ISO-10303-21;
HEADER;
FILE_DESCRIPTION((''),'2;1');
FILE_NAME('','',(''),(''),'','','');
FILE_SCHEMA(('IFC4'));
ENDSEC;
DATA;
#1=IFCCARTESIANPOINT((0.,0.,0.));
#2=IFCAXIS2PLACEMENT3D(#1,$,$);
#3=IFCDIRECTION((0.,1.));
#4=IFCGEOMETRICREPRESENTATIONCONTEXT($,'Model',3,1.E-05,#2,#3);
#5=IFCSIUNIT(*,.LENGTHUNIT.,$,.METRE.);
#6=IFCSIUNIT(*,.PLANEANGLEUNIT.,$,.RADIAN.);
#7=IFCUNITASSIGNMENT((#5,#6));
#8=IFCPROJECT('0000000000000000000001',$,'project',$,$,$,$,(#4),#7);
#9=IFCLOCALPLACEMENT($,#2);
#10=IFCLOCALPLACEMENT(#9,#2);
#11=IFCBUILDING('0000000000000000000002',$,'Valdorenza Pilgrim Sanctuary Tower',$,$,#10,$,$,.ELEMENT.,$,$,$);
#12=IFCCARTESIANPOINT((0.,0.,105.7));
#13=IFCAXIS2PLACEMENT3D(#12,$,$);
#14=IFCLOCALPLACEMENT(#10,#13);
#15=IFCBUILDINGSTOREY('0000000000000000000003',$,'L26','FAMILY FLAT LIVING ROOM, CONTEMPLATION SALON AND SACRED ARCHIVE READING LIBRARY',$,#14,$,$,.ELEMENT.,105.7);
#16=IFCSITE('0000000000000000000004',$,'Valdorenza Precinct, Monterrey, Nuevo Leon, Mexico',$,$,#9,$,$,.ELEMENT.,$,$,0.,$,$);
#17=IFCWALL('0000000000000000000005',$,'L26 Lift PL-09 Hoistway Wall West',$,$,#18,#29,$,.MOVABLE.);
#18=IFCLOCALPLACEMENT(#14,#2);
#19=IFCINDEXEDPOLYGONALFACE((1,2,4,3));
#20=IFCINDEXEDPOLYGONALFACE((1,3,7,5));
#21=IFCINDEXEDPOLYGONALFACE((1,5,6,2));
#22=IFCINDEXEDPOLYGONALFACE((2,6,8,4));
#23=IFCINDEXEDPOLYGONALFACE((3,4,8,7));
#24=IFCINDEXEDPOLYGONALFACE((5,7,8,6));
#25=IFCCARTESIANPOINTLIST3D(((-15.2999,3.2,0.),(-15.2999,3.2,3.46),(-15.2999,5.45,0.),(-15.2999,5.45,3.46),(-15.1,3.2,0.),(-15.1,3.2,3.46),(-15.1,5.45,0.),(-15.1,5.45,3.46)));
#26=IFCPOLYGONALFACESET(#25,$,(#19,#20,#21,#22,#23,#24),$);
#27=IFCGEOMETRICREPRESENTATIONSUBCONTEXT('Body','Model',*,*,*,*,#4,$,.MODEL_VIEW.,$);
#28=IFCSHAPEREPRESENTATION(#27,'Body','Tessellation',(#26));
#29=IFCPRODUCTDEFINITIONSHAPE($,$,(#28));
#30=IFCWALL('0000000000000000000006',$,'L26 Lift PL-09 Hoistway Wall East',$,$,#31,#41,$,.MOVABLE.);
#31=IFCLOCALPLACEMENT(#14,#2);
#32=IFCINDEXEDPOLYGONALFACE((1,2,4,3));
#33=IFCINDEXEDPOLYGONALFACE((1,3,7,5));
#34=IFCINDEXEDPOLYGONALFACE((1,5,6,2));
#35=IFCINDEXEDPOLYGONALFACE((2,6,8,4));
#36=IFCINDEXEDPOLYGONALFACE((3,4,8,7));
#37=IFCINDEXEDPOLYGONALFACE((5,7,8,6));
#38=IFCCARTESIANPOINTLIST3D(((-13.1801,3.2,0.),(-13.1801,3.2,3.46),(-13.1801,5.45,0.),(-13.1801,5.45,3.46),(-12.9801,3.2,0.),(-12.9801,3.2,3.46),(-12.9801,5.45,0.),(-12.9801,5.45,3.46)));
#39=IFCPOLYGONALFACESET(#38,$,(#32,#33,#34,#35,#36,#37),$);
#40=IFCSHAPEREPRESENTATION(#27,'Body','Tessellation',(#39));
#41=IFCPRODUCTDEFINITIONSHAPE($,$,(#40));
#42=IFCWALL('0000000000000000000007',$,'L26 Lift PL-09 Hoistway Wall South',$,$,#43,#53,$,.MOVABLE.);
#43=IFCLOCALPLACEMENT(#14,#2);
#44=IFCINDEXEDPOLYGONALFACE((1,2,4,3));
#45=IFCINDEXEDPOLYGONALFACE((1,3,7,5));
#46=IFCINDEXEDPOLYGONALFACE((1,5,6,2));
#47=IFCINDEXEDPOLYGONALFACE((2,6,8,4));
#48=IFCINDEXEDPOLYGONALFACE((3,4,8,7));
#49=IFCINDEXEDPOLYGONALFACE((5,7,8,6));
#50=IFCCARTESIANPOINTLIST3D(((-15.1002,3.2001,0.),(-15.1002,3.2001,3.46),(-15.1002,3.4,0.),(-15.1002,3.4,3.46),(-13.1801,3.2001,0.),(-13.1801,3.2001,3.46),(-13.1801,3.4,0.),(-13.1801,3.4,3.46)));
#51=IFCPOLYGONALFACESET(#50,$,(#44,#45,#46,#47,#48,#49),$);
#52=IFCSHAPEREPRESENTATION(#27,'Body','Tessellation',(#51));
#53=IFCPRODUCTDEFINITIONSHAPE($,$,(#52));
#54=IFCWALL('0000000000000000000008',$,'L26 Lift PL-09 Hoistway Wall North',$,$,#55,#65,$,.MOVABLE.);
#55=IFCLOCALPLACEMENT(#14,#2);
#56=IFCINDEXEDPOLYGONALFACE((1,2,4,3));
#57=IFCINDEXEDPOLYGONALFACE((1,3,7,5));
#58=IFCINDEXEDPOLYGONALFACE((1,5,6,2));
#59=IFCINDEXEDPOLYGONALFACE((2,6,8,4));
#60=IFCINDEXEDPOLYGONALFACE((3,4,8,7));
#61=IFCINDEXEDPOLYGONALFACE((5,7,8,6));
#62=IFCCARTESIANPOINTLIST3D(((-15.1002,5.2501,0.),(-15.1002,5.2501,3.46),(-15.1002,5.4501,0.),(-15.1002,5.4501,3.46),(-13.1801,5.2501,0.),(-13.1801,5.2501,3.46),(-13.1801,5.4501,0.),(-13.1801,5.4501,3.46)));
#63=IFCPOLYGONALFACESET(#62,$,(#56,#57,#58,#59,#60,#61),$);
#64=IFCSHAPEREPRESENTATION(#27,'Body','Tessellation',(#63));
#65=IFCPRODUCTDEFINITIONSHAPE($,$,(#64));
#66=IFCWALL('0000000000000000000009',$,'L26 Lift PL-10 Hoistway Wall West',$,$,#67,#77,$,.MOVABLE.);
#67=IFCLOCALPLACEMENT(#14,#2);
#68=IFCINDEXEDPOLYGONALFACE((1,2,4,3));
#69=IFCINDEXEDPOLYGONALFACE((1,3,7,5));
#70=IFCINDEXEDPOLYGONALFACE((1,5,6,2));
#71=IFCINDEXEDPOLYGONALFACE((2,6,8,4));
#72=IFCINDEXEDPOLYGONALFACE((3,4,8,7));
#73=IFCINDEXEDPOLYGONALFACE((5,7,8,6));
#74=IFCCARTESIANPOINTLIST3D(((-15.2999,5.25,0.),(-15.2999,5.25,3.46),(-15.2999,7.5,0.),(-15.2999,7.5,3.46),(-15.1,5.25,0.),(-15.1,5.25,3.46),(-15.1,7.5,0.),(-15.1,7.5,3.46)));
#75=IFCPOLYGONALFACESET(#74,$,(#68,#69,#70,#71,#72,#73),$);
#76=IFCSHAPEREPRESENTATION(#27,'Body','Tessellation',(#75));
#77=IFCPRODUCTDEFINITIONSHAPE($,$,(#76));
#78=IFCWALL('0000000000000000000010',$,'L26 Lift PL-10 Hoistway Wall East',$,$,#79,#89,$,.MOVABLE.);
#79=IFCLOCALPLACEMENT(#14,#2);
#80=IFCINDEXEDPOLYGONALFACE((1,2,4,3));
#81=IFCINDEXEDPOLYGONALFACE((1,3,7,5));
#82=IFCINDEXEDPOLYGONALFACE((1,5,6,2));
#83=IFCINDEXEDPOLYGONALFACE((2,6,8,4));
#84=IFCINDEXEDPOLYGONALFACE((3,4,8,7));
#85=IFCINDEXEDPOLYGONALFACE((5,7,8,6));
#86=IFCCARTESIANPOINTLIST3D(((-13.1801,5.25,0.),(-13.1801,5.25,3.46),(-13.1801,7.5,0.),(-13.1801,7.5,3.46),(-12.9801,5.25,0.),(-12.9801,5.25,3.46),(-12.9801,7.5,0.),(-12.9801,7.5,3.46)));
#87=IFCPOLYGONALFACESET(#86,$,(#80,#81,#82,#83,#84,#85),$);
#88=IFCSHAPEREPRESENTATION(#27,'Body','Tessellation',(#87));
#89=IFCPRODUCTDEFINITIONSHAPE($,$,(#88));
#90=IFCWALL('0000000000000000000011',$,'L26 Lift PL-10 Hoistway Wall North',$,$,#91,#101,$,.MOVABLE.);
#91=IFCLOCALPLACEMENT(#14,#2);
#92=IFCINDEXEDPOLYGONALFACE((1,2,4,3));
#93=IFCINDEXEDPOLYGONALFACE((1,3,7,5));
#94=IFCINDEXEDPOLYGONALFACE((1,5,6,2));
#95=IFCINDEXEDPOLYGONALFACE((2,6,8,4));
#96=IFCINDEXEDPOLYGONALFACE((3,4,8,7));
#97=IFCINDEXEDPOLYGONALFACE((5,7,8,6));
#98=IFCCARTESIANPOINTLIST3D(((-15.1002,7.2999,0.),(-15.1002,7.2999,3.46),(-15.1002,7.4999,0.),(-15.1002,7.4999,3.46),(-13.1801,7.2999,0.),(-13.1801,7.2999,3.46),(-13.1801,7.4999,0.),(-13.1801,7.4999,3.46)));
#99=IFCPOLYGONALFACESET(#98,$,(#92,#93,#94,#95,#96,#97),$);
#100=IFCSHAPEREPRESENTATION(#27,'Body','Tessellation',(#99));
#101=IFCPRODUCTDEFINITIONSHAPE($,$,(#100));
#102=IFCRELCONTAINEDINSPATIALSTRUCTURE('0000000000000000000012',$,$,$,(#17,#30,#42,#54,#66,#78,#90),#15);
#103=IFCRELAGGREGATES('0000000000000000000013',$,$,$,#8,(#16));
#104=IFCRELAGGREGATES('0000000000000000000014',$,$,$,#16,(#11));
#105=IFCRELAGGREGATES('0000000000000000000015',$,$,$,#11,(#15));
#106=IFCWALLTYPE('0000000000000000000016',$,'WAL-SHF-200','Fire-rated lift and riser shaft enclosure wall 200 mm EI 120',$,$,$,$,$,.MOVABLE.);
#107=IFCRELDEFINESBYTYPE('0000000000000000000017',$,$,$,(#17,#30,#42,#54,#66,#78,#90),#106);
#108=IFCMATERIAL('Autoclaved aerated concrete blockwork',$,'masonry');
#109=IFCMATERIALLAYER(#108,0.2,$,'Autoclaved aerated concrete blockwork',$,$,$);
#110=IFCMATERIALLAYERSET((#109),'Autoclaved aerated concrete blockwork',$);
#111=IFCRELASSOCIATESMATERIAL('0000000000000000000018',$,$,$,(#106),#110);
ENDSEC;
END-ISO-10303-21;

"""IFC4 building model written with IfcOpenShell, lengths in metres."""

from ifc_helpers import new_model, si_unit, direction, frame, frame_2d, origin, place, context, subcontext, project, spatial, rectangle, extrude, material, layer, layer_set, type_object, element, save


model = new_model("IFC4")

# Units and contexts
model_context = context("Model", 3, precision=1e-05, world=origin(), true_north=direction((0.0, 1.0)))
body_context = subcontext(model_context, "Body", "Model", "MODEL_VIEW")
ifc_project = project(units=[si_unit("LENGTHUNIT", "METRE"), si_unit("PLANEANGLEUNIT", "RADIAN")], contexts=[model_context])

# Site, building, storey
site_placement = place(None, origin())
site = spatial("IfcSite", under=ifc_project, at=site_placement, Name="Valdorenza Precinct, Monterrey, Nuevo Leon, Mexico", CompositionType="ELEMENT", RefElevation=0.0)
building_placement = place(site_placement, origin())
building = spatial("IfcBuilding", under=site, at=building_placement, Name="Valdorenza Pilgrim Sanctuary Tower", CompositionType="ELEMENT")
storey_placement = place(building_placement, frame((0.0, 0.0, 105.7)))
storey = spatial("IfcBuildingStorey", under=building, at=storey_placement, Name="L26", Description="FAMILY FLAT LIVING ROOM, CONTEMPLATION SALON AND SACRED ARCHIVE READING LIBRARY", CompositionType="ELEMENT", Elevation=105.7)

# Walls
ifc_material_1 = material(Name="Autoclaved aerated concrete blockwork", Category="masonry")
ifc_layer_1 = layer(ifc_material_1, 0.2, Name="Autoclaved aerated concrete blockwork")
ifc_layer_set_1 = layer_set([ifc_layer_1], Name="Autoclaved aerated concrete blockwork")
wall_type_1 = type_object("IfcWallType", Name="WAL-SHF-200", Description="Fire-rated lift and riser shaft enclosure wall 200 mm EI 120", PredefinedType="MOVABLE", material=ifc_layer_set_1)
for number, where, z_axis, x_axis, name in (
    (1, (-15.2, 3.2, 0.0), (0.0, 0.0, 1.0), (0.0, 1.0, 0.0), "L26 Lift PL-09 Hoistway Wall West"),
    (2, (-13.0801, 3.2, 0.0), (0.0, 0.0, 1.0), (0.0, 1.0, 0.0), "L26 Lift PL-09 Hoistway Wall East"),
):
    element("IfcWall", number, at=place(storey_placement, frame(where, z_axis=z_axis, x_axis=x_axis)), inside=storey, type_object=wall_type_1, Name=name, PredefinedType="MOVABLE", context=body_context, shape_type="SweptSolid", body=[
        extrude(rectangle(XDim=2.25, YDim=0.2, at=frame_2d((1.125, 0.0))), origin(), (0.0, 0.0, 1.0), 3.46),
    ])
for number, where, z_axis, x_axis, name in (
    (3, (-15.1001, 3.3, 0.0), (0.0, 0.0, 1.0), (1.0, 0.0, 0.0), "L26 Lift PL-09 Hoistway Wall South"),
    (4, (-15.1001, 5.3501, 0.0), (0.0, 0.0, 1.0), (1.0, 0.0, 0.0), "L26 Lift PL-09 Hoistway Wall North"),
):
    element("IfcWall", number, at=place(storey_placement, frame(where, z_axis=z_axis, x_axis=x_axis)), inside=storey, type_object=wall_type_1, Name=name, PredefinedType="MOVABLE", context=body_context, shape_type="SweptSolid", body=[
        extrude(rectangle(XDim=1.9202, YDim=0.2, at=frame_2d((0.96, 0.0))), origin(), (0.0, 0.0, 1.0), 3.46),
    ])
for number, where, z_axis, x_axis, name in (
    (5, (-15.2, 5.25, 0.0), (0.0, 0.0, 1.0), (0.0, 1.0, 0.0), "L26 Lift PL-10 Hoistway Wall West"),
    (6, (-13.0801, 5.25, 0.0), (0.0, 0.0, 1.0), (0.0, 1.0, 0.0), "L26 Lift PL-10 Hoistway Wall East"),
):
    element("IfcWall", number, at=place(storey_placement, frame(where, z_axis=z_axis, x_axis=x_axis)), inside=storey, type_object=wall_type_1, Name=name, PredefinedType="MOVABLE", context=body_context, shape_type="SweptSolid", body=[
        extrude(rectangle(XDim=2.25, YDim=0.2, at=frame_2d((1.125, 0.0))), origin(), (0.0, 0.0, 1.0), 3.46),
    ])
wall_1_placement = place(storey_placement, frame((-15.1001, 7.3999, 0.0), z_axis=(0.0, 0.0, 1.0), x_axis=(1.0, 0.0, 0.0)))
element("IfcWall", 7, at=wall_1_placement, inside=storey, type_object=wall_type_1, Name="L26 Lift PL-10 Hoistway Wall North", PredefinedType="MOVABLE", context=body_context, shape_type="SweptSolid", body=[
    extrude(rectangle(XDim=1.9202, YDim=0.2, at=frame_2d((0.96, 0.0))), origin(), (0.0, 0.0, 1.0), 3.46),
])

save(model, "model.ifc")
